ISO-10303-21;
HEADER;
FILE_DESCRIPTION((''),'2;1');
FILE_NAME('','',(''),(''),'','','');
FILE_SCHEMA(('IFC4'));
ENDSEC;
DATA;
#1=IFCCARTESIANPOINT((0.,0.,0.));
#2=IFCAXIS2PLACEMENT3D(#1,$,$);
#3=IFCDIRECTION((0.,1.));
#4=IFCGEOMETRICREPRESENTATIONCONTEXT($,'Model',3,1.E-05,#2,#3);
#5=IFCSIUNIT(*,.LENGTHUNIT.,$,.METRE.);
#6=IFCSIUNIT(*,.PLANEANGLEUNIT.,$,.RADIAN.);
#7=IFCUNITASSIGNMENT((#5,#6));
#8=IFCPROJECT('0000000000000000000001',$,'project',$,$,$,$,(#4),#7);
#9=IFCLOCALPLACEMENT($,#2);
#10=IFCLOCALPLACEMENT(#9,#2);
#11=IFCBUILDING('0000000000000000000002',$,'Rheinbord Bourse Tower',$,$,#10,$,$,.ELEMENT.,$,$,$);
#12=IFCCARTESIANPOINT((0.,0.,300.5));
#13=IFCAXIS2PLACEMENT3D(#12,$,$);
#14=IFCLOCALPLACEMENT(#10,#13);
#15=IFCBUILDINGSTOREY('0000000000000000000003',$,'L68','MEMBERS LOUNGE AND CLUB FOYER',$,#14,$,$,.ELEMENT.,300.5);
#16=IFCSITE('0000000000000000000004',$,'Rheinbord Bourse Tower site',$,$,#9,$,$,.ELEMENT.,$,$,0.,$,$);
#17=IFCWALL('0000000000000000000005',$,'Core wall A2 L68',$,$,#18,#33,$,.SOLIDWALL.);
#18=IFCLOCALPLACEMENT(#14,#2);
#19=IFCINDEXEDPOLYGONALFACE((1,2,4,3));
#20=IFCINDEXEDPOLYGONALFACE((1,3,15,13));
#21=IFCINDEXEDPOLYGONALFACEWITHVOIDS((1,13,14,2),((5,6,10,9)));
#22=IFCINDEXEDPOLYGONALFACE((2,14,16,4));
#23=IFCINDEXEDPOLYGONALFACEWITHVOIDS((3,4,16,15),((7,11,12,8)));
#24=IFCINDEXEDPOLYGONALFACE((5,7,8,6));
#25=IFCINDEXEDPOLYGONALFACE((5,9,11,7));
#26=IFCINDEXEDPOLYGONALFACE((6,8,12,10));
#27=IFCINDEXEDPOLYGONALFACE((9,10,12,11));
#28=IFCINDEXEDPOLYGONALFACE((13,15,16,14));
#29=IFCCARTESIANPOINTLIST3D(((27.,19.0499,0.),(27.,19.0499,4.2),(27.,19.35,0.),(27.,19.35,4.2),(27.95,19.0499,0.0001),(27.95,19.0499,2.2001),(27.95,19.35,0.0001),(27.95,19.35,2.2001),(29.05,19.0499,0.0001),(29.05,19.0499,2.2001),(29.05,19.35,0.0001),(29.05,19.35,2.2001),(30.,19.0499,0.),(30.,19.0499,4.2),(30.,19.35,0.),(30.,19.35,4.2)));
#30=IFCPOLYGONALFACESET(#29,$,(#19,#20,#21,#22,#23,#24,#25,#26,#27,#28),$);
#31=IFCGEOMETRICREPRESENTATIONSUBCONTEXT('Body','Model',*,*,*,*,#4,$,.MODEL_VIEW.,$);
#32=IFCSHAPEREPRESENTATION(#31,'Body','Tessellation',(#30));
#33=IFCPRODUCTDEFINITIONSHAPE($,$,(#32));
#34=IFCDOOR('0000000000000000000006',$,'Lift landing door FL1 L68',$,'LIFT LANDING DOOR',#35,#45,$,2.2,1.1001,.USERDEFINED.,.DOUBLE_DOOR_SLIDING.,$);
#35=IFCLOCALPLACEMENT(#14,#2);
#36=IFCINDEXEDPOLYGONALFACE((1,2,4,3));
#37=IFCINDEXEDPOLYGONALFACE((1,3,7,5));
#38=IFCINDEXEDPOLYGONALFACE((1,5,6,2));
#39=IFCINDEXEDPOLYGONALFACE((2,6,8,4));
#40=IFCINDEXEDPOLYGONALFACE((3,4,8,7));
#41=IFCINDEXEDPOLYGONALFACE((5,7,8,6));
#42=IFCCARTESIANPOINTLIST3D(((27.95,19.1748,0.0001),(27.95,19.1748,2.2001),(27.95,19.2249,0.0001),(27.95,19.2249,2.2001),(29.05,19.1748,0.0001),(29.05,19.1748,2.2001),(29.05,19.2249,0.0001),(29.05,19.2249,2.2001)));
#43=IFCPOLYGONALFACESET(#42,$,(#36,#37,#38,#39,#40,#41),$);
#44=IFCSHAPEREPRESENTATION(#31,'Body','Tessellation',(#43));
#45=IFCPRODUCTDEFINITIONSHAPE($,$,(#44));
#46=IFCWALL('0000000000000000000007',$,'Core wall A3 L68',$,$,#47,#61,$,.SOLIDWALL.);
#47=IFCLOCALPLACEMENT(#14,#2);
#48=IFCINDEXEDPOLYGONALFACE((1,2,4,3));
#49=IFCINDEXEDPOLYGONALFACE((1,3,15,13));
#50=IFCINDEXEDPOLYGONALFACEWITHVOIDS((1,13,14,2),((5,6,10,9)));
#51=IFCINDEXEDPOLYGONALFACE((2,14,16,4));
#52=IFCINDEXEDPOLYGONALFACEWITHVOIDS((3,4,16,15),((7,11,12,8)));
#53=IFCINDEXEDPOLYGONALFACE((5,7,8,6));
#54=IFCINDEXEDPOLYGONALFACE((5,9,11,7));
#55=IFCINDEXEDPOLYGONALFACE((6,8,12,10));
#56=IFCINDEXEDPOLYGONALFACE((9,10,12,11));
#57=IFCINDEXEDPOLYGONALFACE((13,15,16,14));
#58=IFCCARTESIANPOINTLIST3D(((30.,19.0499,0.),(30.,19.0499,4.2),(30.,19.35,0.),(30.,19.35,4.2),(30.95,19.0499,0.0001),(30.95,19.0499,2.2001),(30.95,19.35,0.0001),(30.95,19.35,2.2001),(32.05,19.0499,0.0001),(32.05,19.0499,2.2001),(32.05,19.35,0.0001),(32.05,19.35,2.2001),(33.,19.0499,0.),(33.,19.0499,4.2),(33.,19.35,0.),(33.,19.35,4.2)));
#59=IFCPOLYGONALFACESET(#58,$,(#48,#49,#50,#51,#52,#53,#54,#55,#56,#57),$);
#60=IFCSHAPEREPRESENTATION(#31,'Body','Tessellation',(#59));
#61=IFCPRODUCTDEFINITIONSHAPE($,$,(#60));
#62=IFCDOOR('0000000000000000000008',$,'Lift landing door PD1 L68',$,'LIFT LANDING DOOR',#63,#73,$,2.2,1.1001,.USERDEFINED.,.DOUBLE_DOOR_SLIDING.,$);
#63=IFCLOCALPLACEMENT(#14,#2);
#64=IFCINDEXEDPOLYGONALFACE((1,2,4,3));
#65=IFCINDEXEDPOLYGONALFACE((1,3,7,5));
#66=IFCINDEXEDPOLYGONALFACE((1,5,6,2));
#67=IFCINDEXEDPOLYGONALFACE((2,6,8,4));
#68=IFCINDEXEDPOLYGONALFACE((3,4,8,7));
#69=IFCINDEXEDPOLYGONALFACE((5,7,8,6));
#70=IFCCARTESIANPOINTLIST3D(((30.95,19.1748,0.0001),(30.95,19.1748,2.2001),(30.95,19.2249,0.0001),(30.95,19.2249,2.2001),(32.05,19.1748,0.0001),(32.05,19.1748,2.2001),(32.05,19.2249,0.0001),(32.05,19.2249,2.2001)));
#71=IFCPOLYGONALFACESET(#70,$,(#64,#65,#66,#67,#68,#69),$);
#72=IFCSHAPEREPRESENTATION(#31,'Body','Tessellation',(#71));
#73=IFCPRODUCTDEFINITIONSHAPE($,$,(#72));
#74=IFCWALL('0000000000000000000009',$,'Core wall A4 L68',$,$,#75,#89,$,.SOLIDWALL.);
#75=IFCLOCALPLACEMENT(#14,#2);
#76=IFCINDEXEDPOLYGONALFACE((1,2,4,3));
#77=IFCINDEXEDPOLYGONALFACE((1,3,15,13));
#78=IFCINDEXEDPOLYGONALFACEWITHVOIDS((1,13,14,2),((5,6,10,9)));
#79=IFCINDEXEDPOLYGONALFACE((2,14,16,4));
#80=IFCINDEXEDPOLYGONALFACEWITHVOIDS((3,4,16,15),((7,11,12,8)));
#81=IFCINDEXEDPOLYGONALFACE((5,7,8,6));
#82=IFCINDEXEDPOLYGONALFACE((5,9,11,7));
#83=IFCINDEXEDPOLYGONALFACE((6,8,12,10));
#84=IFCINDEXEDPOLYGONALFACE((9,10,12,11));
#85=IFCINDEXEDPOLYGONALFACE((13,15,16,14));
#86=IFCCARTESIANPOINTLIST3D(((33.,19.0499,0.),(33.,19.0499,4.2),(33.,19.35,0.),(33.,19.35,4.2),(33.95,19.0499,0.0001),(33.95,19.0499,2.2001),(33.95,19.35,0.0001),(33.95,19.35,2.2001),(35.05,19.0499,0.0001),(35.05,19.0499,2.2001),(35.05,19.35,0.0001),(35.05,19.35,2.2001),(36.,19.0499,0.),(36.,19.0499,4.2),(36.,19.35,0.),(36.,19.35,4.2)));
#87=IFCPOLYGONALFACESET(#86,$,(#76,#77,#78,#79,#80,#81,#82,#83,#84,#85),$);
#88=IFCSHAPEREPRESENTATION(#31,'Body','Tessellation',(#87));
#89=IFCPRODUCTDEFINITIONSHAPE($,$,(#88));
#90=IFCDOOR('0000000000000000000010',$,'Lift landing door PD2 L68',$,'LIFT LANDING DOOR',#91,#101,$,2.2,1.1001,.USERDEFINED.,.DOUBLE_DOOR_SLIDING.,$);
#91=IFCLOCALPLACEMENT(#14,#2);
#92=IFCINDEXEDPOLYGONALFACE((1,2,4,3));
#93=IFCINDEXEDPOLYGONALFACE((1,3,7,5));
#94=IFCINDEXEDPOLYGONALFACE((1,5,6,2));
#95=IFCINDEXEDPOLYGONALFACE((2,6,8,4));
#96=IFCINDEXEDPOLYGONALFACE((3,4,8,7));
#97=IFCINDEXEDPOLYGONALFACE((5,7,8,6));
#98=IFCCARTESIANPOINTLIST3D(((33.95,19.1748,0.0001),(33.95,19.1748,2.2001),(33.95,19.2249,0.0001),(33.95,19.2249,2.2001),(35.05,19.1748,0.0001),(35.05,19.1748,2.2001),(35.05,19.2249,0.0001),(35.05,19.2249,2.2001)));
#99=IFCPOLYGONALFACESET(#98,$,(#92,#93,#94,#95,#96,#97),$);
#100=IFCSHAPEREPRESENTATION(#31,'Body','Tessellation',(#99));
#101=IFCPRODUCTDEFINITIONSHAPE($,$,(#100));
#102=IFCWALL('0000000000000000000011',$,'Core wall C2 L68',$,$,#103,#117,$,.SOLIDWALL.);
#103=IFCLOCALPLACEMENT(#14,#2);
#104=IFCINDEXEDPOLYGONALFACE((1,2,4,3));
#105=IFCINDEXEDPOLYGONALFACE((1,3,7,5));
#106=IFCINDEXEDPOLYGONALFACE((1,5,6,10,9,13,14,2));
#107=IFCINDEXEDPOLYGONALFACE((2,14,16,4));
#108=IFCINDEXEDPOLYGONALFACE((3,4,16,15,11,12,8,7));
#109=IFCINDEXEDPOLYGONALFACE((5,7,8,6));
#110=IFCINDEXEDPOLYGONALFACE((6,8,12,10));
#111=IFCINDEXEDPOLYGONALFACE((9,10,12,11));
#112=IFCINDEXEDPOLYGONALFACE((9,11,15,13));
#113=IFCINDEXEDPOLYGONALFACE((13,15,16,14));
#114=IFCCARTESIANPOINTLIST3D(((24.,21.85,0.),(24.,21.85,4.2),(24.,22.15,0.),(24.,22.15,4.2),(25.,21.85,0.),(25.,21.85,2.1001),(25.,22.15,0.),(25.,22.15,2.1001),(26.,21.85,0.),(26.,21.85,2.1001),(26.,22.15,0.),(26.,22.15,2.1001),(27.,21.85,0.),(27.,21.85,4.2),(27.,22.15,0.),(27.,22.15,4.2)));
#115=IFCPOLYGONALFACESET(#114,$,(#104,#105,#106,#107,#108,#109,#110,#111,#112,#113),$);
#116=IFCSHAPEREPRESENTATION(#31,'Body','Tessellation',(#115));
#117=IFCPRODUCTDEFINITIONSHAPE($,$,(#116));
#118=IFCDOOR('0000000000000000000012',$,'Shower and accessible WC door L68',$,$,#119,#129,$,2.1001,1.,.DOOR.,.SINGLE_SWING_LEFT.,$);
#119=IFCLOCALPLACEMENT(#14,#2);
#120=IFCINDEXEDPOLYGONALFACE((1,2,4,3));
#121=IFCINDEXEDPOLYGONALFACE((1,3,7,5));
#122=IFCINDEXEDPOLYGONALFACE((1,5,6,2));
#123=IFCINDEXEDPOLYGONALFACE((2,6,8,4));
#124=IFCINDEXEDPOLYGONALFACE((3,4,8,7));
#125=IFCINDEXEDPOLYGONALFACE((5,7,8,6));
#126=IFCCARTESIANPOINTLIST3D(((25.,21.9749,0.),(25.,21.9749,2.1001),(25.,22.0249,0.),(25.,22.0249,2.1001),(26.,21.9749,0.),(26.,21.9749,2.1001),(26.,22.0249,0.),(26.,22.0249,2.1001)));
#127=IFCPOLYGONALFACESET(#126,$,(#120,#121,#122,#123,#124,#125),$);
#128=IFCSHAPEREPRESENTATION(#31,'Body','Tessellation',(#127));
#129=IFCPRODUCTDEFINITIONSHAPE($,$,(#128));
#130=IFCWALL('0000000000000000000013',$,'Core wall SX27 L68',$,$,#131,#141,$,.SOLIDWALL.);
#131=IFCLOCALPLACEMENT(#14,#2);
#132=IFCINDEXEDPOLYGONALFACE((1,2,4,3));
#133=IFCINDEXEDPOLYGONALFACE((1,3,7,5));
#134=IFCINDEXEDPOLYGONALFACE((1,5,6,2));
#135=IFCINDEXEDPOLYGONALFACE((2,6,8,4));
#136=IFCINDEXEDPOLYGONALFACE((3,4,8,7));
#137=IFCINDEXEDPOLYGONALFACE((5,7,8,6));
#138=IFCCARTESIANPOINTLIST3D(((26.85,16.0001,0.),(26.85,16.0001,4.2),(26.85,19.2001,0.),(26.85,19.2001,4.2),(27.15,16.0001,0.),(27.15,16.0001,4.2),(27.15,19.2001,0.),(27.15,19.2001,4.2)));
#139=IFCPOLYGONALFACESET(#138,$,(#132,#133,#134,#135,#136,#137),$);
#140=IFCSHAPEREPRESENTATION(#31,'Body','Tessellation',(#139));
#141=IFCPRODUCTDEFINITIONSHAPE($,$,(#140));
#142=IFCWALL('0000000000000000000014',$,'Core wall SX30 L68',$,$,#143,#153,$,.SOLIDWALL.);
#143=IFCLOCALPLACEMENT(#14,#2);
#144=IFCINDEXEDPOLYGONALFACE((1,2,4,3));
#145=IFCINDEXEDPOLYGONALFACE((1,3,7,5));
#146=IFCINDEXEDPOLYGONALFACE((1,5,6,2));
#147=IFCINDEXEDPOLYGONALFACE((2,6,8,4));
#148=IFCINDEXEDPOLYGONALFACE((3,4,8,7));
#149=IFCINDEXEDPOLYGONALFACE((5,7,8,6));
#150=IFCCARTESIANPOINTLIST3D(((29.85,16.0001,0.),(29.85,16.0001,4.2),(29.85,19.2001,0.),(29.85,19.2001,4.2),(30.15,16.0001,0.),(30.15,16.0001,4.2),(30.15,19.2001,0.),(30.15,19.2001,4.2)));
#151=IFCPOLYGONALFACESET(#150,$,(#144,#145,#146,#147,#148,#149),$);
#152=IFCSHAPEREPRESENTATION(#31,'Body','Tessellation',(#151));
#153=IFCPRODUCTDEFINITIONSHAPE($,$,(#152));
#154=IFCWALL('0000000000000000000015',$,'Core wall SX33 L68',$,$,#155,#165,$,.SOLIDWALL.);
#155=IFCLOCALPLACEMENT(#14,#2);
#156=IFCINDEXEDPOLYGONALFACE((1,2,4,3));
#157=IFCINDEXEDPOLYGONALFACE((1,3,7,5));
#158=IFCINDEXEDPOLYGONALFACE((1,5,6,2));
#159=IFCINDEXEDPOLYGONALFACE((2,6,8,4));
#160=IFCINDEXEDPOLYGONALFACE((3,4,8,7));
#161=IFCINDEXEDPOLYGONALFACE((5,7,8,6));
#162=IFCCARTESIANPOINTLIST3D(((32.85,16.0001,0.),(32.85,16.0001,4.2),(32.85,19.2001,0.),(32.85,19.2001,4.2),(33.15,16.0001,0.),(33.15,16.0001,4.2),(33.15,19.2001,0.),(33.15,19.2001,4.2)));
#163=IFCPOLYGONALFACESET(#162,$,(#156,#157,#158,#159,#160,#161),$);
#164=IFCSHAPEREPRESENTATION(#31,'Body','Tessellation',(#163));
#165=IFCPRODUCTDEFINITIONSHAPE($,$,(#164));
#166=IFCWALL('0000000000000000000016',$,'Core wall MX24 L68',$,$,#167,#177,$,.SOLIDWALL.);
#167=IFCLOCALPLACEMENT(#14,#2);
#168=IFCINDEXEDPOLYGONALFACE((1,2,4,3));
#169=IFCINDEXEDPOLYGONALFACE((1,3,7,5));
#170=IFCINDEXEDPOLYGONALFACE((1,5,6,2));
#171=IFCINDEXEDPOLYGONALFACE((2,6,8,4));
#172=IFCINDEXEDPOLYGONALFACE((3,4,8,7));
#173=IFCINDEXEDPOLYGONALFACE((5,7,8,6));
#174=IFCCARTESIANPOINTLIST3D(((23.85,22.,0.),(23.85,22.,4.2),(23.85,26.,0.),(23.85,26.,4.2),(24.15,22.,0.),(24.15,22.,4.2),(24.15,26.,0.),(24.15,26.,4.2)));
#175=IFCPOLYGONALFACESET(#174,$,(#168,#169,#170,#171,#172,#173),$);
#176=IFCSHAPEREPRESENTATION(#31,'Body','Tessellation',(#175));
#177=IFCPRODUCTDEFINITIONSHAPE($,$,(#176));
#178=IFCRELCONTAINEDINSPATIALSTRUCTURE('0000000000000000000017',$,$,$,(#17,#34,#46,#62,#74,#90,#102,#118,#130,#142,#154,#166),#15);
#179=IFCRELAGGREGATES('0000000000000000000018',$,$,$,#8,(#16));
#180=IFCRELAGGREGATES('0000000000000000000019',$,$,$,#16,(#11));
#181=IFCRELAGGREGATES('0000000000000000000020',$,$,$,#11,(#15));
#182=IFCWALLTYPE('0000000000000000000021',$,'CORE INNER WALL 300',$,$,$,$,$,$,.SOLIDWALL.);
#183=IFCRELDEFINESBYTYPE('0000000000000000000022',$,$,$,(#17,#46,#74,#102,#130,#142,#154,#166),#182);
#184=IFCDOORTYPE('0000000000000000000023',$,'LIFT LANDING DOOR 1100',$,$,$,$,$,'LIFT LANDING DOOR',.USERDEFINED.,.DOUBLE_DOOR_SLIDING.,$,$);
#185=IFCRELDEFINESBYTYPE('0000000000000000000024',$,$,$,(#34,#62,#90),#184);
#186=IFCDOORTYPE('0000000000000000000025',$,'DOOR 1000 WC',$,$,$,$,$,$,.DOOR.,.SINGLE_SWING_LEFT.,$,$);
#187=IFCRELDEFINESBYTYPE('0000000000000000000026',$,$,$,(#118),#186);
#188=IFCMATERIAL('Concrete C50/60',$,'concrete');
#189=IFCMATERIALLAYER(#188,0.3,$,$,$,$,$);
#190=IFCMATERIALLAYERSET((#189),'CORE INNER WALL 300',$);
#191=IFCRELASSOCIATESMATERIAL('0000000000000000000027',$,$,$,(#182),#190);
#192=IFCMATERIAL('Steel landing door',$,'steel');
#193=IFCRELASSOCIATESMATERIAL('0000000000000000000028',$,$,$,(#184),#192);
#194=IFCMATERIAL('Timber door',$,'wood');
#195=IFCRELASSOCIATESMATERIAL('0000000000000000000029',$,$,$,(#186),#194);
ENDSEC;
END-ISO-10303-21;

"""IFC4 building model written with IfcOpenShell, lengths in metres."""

from ifc_helpers import new_model, si_unit, direction, frame, frame_2d, origin, place, context, subcontext, project, spatial, rectangle, extrude, material, layer, layer_set, type_object, element, fill, save


model = new_model("IFC4")

# Units and contexts
model_context = context("Model", 3, precision=1e-05, world=origin(), true_north=direction((0.0, 1.0)))
body_context = subcontext(model_context, "Body", "Model", "MODEL_VIEW")
ifc_project = project(units=[si_unit("LENGTHUNIT", "METRE"), si_unit("PLANEANGLEUNIT", "RADIAN")], contexts=[model_context])

# Site, building, storey
site_placement = place(None, origin())
site = spatial("IfcSite", under=ifc_project, at=site_placement, Name="Rheinbord Bourse Tower site", CompositionType="ELEMENT", RefElevation=0.0)
building_placement = place(site_placement, origin())
building = spatial("IfcBuilding", under=site, at=building_placement, Name="Rheinbord Bourse Tower", CompositionType="ELEMENT")
storey_placement = place(building_placement, frame((0.0, 0.0, 300.5)))
storey = spatial("IfcBuildingStorey", under=building, at=storey_placement, Name="L68", Description="MEMBERS LOUNGE AND CLUB FOYER", CompositionType="ELEMENT", Elevation=300.5)

# Walls, openings, doors
ifc_material_1 = material(Name="Concrete C50/60", Category="concrete")
ifc_layer_1 = layer(ifc_material_1, 0.3)
ifc_layer_set_1 = layer_set([ifc_layer_1], Name="CORE INNER WALL 300")
wall_type_1 = type_object("IfcWallType", Name="CORE INNER WALL 300", PredefinedType="SOLIDWALL", material=ifc_layer_set_1)
wall_1_placement = place(storey_placement, frame((27.0, 19.2, 0.0), z_axis=(0.0, 0.0, 1.0), x_axis=(1.0, 0.0, 0.0)))
wall_1 = element("IfcWall", 1, at=wall_1_placement, inside=storey, type_object=wall_type_1, Name="Core wall A2 L68", PredefinedType="SOLIDWALL", context=body_context, shape_type="SweptSolid", body=[
    extrude(rectangle(XDim=3.0, YDim=0.3, at=frame_2d((1.5, 0.0))), origin(), (0.0, 0.0, 1.0), 4.2),
])
opening_1_placement = place(wall_1_placement, frame((0.95, 0.0, 0.0)))
opening_1 = element("IfcOpeningElement", 2, at=opening_1_placement, cuts=wall_1, PredefinedType="OPENING", context=body_context, shape_type="SweptSolid", body=[
    extrude(rectangle(XDim=1.1001, YDim=2.2, at=frame_2d((0.55, 1.1001))), frame((0.0, 0.1599, 0.0), z_axis=(0.0, -1.0, 0.0), x_axis=(1.0, 0.0, 0.0)), (0.0, 0.0, 1.0), 0.3201),
])
ifc_material_2 = material(Name="Steel landing door", Category="steel")
door_type_1 = type_object("IfcDoorType", Name="LIFT LANDING DOOR 1100", ElementType="LIFT LANDING DOOR", OperationType="DOUBLE_DOOR_SLIDING", PredefinedType="USERDEFINED", material=ifc_material_2)
door_1_placement = place(opening_1_placement, origin())
door_1 = element("IfcDoor", 3, at=door_1_placement, inside=storey, type_object=door_type_1, Name="Lift landing door FL1 L68", ObjectType="LIFT LANDING DOOR", OperationType="DOUBLE_DOOR_SLIDING", OverallHeight=2.2, OverallWidth=1.1001, PredefinedType="USERDEFINED", context=body_context, shape_type="SweptSolid", body=[
    extrude(rectangle(XDim=1.1001, YDim=2.2, at=frame_2d((0.55, 1.1001))), frame((0.0, 0.0249, 0.0), z_axis=(0.0, -1.0, 0.0), x_axis=(1.0, 0.0, 0.0)), (0.0, 0.0, 1.0), 0.05),
])
fill(opening_1, door_1)
wall_2_placement = place(storey_placement, frame((30.0, 19.2, 0.0), z_axis=(0.0, 0.0, 1.0), x_axis=(1.0, 0.0, 0.0)))
wall_2 = element("IfcWall", 4, at=wall_2_placement, inside=storey, type_object=wall_type_1, Name="Core wall A3 L68", PredefinedType="SOLIDWALL", context=body_context, shape_type="SweptSolid", body=[
    extrude(rectangle(XDim=3.0, YDim=0.3, at=frame_2d((1.5, 0.0))), origin(), (0.0, 0.0, 1.0), 4.2),
])
opening_2_placement = place(wall_2_placement, frame((0.95, 0.0, 0.0)))
opening_2 = element("IfcOpeningElement", 5, at=opening_2_placement, cuts=wall_2, PredefinedType="OPENING", context=body_context, shape_type="SweptSolid", body=[
    extrude(rectangle(XDim=1.1001, YDim=2.2, at=frame_2d((0.55, 1.1001))), frame((0.0, 0.1599, 0.0), z_axis=(0.0, -1.0, 0.0), x_axis=(1.0, 0.0, 0.0)), (0.0, 0.0, 1.0), 0.3201),
])
door_2_placement = place(opening_2_placement, origin())
door_2 = element("IfcDoor", 6, at=door_2_placement, inside=storey, type_object=door_type_1, Name="Lift landing door PD1 L68", ObjectType="LIFT LANDING DOOR", OperationType="DOUBLE_DOOR_SLIDING", OverallHeight=2.2, OverallWidth=1.1001, PredefinedType="USERDEFINED", context=body_context, shape_type="SweptSolid", body=[
    extrude(rectangle(XDim=1.1001, YDim=2.2, at=frame_2d((0.55, 1.1001))), frame((0.0, 0.0249, 0.0), z_axis=(0.0, -1.0, 0.0), x_axis=(1.0, 0.0, 0.0)), (0.0, 0.0, 1.0), 0.05),
])
fill(opening_2, door_2)
wall_3_placement = place(storey_placement, frame((33.0, 19.2, 0.0), z_axis=(0.0, 0.0, 1.0), x_axis=(1.0, 0.0, 0.0)))
wall_3 = element("IfcWall", 7, at=wall_3_placement, inside=storey, type_object=wall_type_1, Name="Core wall A4 L68", PredefinedType="SOLIDWALL", context=body_context, shape_type="SweptSolid", body=[
    extrude(rectangle(XDim=3.0, YDim=0.3, at=frame_2d((1.5, 0.0))), origin(), (0.0, 0.0, 1.0), 4.2),
])
opening_3_placement = place(wall_3_placement, frame((0.95, 0.0, 0.0)))
opening_3 = element("IfcOpeningElement", 8, at=opening_3_placement, cuts=wall_3, PredefinedType="OPENING", context=body_context, shape_type="SweptSolid", body=[
    extrude(rectangle(XDim=1.1001, YDim=2.2, at=frame_2d((0.55, 1.1001))), frame((0.0, 0.1599, 0.0), z_axis=(0.0, -1.0, 0.0), x_axis=(1.0, 0.0, 0.0)), (0.0, 0.0, 1.0), 0.3201),
])
door_3_placement = place(opening_3_placement, origin())
door_3 = element("IfcDoor", 9, at=door_3_placement, inside=storey, type_object=door_type_1, Name="Lift landing door PD2 L68", ObjectType="LIFT LANDING DOOR", OperationType="DOUBLE_DOOR_SLIDING", OverallHeight=2.2, OverallWidth=1.1001, PredefinedType="USERDEFINED", context=body_context, shape_type="SweptSolid", body=[
    extrude(rectangle(XDim=1.1001, YDim=2.2, at=frame_2d((0.55, 1.1001))), frame((0.0, 0.0249, 0.0), z_axis=(0.0, -1.0, 0.0), x_axis=(1.0, 0.0, 0.0)), (0.0, 0.0, 1.0), 0.05),
])
fill(opening_3, door_3)
wall_4_placement = place(storey_placement, frame((24.0, 22.0, 0.0), z_axis=(0.0, 0.0, 1.0), x_axis=(1.0, 0.0, 0.0)))
wall_4 = element("IfcWall", 10, at=wall_4_placement, inside=storey, type_object=wall_type_1, Name="Core wall C2 L68", PredefinedType="SOLIDWALL", context=body_context, shape_type="SweptSolid", body=[
    extrude(rectangle(XDim=3.0, YDim=0.3, at=frame_2d((1.5, 0.0))), origin(), (0.0, 0.0, 1.0), 4.2),
])
opening_4_placement = place(wall_4_placement, frame((1.0, 0.0, 0.0)))
opening_4 = element("IfcOpeningElement", 11, at=opening_4_placement, cuts=wall_4, PredefinedType="OPENING", context=body_context, shape_type="SweptSolid", body=[
    extrude(rectangle(XDim=1.0, YDim=2.1001, at=frame_2d((0.5, 1.05))), frame((0.0, 0.1599, 0.0), z_axis=(0.0, -1.0, 0.0), x_axis=(1.0, 0.0, 0.0)), (0.0, 0.0, 1.0), 0.3201),
])
ifc_material_3 = material(Name="Timber door", Category="wood")
door_type_2 = type_object("IfcDoorType", Name="DOOR 1000 WC", OperationType="SINGLE_SWING_LEFT", PredefinedType="DOOR", material=ifc_material_3)
door_4_placement = place(opening_4_placement, origin())
door_4 = element("IfcDoor", 12, at=door_4_placement, inside=storey, type_object=door_type_2, Name="Shower and accessible WC door L68", OperationType="SINGLE_SWING_LEFT", OverallHeight=2.1001, OverallWidth=1.0, PredefinedType="DOOR", context=body_context, shape_type="SweptSolid", body=[
    extrude(rectangle(XDim=1.0, YDim=2.1001, at=frame_2d((0.5, 1.05))), frame((0.0, 0.0249, 0.0), z_axis=(0.0, -1.0, 0.0), x_axis=(1.0, 0.0, 0.0)), (0.0, 0.0, 1.0), 0.05),
])
fill(opening_4, door_4)

# Walls
for number, where, z_axis, x_axis, name in (
    (13, (27.0, 16.0, 0.0), (0.0, 0.0, 1.0), (0.0, 1.0, 0.0), "Core wall SX27 L68"),
    (14, (30.0, 16.0, 0.0), (0.0, 0.0, 1.0), (0.0, 1.0, 0.0), "Core wall SX30 L68"),
    (15, (33.0, 16.0, 0.0), (0.0, 0.0, 1.0), (0.0, 1.0, 0.0), "Core wall SX33 L68"),
):
    element("IfcWall", number, at=place(storey_placement, frame(where, z_axis=z_axis, x_axis=x_axis)), inside=storey, type_object=wall_type_1, Name=name, PredefinedType="SOLIDWALL", context=body_context, shape_type="SweptSolid", body=[
        extrude(rectangle(XDim=3.2, YDim=0.3, at=frame_2d((1.6001, 0.0))), origin(), (0.0, 0.0, 1.0), 4.2),
    ])
wall_5_placement = place(storey_placement, frame((24.0, 22.0, 0.0), z_axis=(0.0, 0.0, 1.0), x_axis=(0.0, 1.0, 0.0)))
element("IfcWall", 16, at=wall_5_placement, inside=storey, type_object=wall_type_1, Name="Core wall MX24 L68", PredefinedType="SOLIDWALL", context=body_context, shape_type="SweptSolid", body=[
    extrude(rectangle(XDim=4.0, YDim=0.3, at=frame_2d((2.0, 0.0))), origin(), (0.0, 0.0, 1.0), 4.2),
])

save(model, "model.ifc")
